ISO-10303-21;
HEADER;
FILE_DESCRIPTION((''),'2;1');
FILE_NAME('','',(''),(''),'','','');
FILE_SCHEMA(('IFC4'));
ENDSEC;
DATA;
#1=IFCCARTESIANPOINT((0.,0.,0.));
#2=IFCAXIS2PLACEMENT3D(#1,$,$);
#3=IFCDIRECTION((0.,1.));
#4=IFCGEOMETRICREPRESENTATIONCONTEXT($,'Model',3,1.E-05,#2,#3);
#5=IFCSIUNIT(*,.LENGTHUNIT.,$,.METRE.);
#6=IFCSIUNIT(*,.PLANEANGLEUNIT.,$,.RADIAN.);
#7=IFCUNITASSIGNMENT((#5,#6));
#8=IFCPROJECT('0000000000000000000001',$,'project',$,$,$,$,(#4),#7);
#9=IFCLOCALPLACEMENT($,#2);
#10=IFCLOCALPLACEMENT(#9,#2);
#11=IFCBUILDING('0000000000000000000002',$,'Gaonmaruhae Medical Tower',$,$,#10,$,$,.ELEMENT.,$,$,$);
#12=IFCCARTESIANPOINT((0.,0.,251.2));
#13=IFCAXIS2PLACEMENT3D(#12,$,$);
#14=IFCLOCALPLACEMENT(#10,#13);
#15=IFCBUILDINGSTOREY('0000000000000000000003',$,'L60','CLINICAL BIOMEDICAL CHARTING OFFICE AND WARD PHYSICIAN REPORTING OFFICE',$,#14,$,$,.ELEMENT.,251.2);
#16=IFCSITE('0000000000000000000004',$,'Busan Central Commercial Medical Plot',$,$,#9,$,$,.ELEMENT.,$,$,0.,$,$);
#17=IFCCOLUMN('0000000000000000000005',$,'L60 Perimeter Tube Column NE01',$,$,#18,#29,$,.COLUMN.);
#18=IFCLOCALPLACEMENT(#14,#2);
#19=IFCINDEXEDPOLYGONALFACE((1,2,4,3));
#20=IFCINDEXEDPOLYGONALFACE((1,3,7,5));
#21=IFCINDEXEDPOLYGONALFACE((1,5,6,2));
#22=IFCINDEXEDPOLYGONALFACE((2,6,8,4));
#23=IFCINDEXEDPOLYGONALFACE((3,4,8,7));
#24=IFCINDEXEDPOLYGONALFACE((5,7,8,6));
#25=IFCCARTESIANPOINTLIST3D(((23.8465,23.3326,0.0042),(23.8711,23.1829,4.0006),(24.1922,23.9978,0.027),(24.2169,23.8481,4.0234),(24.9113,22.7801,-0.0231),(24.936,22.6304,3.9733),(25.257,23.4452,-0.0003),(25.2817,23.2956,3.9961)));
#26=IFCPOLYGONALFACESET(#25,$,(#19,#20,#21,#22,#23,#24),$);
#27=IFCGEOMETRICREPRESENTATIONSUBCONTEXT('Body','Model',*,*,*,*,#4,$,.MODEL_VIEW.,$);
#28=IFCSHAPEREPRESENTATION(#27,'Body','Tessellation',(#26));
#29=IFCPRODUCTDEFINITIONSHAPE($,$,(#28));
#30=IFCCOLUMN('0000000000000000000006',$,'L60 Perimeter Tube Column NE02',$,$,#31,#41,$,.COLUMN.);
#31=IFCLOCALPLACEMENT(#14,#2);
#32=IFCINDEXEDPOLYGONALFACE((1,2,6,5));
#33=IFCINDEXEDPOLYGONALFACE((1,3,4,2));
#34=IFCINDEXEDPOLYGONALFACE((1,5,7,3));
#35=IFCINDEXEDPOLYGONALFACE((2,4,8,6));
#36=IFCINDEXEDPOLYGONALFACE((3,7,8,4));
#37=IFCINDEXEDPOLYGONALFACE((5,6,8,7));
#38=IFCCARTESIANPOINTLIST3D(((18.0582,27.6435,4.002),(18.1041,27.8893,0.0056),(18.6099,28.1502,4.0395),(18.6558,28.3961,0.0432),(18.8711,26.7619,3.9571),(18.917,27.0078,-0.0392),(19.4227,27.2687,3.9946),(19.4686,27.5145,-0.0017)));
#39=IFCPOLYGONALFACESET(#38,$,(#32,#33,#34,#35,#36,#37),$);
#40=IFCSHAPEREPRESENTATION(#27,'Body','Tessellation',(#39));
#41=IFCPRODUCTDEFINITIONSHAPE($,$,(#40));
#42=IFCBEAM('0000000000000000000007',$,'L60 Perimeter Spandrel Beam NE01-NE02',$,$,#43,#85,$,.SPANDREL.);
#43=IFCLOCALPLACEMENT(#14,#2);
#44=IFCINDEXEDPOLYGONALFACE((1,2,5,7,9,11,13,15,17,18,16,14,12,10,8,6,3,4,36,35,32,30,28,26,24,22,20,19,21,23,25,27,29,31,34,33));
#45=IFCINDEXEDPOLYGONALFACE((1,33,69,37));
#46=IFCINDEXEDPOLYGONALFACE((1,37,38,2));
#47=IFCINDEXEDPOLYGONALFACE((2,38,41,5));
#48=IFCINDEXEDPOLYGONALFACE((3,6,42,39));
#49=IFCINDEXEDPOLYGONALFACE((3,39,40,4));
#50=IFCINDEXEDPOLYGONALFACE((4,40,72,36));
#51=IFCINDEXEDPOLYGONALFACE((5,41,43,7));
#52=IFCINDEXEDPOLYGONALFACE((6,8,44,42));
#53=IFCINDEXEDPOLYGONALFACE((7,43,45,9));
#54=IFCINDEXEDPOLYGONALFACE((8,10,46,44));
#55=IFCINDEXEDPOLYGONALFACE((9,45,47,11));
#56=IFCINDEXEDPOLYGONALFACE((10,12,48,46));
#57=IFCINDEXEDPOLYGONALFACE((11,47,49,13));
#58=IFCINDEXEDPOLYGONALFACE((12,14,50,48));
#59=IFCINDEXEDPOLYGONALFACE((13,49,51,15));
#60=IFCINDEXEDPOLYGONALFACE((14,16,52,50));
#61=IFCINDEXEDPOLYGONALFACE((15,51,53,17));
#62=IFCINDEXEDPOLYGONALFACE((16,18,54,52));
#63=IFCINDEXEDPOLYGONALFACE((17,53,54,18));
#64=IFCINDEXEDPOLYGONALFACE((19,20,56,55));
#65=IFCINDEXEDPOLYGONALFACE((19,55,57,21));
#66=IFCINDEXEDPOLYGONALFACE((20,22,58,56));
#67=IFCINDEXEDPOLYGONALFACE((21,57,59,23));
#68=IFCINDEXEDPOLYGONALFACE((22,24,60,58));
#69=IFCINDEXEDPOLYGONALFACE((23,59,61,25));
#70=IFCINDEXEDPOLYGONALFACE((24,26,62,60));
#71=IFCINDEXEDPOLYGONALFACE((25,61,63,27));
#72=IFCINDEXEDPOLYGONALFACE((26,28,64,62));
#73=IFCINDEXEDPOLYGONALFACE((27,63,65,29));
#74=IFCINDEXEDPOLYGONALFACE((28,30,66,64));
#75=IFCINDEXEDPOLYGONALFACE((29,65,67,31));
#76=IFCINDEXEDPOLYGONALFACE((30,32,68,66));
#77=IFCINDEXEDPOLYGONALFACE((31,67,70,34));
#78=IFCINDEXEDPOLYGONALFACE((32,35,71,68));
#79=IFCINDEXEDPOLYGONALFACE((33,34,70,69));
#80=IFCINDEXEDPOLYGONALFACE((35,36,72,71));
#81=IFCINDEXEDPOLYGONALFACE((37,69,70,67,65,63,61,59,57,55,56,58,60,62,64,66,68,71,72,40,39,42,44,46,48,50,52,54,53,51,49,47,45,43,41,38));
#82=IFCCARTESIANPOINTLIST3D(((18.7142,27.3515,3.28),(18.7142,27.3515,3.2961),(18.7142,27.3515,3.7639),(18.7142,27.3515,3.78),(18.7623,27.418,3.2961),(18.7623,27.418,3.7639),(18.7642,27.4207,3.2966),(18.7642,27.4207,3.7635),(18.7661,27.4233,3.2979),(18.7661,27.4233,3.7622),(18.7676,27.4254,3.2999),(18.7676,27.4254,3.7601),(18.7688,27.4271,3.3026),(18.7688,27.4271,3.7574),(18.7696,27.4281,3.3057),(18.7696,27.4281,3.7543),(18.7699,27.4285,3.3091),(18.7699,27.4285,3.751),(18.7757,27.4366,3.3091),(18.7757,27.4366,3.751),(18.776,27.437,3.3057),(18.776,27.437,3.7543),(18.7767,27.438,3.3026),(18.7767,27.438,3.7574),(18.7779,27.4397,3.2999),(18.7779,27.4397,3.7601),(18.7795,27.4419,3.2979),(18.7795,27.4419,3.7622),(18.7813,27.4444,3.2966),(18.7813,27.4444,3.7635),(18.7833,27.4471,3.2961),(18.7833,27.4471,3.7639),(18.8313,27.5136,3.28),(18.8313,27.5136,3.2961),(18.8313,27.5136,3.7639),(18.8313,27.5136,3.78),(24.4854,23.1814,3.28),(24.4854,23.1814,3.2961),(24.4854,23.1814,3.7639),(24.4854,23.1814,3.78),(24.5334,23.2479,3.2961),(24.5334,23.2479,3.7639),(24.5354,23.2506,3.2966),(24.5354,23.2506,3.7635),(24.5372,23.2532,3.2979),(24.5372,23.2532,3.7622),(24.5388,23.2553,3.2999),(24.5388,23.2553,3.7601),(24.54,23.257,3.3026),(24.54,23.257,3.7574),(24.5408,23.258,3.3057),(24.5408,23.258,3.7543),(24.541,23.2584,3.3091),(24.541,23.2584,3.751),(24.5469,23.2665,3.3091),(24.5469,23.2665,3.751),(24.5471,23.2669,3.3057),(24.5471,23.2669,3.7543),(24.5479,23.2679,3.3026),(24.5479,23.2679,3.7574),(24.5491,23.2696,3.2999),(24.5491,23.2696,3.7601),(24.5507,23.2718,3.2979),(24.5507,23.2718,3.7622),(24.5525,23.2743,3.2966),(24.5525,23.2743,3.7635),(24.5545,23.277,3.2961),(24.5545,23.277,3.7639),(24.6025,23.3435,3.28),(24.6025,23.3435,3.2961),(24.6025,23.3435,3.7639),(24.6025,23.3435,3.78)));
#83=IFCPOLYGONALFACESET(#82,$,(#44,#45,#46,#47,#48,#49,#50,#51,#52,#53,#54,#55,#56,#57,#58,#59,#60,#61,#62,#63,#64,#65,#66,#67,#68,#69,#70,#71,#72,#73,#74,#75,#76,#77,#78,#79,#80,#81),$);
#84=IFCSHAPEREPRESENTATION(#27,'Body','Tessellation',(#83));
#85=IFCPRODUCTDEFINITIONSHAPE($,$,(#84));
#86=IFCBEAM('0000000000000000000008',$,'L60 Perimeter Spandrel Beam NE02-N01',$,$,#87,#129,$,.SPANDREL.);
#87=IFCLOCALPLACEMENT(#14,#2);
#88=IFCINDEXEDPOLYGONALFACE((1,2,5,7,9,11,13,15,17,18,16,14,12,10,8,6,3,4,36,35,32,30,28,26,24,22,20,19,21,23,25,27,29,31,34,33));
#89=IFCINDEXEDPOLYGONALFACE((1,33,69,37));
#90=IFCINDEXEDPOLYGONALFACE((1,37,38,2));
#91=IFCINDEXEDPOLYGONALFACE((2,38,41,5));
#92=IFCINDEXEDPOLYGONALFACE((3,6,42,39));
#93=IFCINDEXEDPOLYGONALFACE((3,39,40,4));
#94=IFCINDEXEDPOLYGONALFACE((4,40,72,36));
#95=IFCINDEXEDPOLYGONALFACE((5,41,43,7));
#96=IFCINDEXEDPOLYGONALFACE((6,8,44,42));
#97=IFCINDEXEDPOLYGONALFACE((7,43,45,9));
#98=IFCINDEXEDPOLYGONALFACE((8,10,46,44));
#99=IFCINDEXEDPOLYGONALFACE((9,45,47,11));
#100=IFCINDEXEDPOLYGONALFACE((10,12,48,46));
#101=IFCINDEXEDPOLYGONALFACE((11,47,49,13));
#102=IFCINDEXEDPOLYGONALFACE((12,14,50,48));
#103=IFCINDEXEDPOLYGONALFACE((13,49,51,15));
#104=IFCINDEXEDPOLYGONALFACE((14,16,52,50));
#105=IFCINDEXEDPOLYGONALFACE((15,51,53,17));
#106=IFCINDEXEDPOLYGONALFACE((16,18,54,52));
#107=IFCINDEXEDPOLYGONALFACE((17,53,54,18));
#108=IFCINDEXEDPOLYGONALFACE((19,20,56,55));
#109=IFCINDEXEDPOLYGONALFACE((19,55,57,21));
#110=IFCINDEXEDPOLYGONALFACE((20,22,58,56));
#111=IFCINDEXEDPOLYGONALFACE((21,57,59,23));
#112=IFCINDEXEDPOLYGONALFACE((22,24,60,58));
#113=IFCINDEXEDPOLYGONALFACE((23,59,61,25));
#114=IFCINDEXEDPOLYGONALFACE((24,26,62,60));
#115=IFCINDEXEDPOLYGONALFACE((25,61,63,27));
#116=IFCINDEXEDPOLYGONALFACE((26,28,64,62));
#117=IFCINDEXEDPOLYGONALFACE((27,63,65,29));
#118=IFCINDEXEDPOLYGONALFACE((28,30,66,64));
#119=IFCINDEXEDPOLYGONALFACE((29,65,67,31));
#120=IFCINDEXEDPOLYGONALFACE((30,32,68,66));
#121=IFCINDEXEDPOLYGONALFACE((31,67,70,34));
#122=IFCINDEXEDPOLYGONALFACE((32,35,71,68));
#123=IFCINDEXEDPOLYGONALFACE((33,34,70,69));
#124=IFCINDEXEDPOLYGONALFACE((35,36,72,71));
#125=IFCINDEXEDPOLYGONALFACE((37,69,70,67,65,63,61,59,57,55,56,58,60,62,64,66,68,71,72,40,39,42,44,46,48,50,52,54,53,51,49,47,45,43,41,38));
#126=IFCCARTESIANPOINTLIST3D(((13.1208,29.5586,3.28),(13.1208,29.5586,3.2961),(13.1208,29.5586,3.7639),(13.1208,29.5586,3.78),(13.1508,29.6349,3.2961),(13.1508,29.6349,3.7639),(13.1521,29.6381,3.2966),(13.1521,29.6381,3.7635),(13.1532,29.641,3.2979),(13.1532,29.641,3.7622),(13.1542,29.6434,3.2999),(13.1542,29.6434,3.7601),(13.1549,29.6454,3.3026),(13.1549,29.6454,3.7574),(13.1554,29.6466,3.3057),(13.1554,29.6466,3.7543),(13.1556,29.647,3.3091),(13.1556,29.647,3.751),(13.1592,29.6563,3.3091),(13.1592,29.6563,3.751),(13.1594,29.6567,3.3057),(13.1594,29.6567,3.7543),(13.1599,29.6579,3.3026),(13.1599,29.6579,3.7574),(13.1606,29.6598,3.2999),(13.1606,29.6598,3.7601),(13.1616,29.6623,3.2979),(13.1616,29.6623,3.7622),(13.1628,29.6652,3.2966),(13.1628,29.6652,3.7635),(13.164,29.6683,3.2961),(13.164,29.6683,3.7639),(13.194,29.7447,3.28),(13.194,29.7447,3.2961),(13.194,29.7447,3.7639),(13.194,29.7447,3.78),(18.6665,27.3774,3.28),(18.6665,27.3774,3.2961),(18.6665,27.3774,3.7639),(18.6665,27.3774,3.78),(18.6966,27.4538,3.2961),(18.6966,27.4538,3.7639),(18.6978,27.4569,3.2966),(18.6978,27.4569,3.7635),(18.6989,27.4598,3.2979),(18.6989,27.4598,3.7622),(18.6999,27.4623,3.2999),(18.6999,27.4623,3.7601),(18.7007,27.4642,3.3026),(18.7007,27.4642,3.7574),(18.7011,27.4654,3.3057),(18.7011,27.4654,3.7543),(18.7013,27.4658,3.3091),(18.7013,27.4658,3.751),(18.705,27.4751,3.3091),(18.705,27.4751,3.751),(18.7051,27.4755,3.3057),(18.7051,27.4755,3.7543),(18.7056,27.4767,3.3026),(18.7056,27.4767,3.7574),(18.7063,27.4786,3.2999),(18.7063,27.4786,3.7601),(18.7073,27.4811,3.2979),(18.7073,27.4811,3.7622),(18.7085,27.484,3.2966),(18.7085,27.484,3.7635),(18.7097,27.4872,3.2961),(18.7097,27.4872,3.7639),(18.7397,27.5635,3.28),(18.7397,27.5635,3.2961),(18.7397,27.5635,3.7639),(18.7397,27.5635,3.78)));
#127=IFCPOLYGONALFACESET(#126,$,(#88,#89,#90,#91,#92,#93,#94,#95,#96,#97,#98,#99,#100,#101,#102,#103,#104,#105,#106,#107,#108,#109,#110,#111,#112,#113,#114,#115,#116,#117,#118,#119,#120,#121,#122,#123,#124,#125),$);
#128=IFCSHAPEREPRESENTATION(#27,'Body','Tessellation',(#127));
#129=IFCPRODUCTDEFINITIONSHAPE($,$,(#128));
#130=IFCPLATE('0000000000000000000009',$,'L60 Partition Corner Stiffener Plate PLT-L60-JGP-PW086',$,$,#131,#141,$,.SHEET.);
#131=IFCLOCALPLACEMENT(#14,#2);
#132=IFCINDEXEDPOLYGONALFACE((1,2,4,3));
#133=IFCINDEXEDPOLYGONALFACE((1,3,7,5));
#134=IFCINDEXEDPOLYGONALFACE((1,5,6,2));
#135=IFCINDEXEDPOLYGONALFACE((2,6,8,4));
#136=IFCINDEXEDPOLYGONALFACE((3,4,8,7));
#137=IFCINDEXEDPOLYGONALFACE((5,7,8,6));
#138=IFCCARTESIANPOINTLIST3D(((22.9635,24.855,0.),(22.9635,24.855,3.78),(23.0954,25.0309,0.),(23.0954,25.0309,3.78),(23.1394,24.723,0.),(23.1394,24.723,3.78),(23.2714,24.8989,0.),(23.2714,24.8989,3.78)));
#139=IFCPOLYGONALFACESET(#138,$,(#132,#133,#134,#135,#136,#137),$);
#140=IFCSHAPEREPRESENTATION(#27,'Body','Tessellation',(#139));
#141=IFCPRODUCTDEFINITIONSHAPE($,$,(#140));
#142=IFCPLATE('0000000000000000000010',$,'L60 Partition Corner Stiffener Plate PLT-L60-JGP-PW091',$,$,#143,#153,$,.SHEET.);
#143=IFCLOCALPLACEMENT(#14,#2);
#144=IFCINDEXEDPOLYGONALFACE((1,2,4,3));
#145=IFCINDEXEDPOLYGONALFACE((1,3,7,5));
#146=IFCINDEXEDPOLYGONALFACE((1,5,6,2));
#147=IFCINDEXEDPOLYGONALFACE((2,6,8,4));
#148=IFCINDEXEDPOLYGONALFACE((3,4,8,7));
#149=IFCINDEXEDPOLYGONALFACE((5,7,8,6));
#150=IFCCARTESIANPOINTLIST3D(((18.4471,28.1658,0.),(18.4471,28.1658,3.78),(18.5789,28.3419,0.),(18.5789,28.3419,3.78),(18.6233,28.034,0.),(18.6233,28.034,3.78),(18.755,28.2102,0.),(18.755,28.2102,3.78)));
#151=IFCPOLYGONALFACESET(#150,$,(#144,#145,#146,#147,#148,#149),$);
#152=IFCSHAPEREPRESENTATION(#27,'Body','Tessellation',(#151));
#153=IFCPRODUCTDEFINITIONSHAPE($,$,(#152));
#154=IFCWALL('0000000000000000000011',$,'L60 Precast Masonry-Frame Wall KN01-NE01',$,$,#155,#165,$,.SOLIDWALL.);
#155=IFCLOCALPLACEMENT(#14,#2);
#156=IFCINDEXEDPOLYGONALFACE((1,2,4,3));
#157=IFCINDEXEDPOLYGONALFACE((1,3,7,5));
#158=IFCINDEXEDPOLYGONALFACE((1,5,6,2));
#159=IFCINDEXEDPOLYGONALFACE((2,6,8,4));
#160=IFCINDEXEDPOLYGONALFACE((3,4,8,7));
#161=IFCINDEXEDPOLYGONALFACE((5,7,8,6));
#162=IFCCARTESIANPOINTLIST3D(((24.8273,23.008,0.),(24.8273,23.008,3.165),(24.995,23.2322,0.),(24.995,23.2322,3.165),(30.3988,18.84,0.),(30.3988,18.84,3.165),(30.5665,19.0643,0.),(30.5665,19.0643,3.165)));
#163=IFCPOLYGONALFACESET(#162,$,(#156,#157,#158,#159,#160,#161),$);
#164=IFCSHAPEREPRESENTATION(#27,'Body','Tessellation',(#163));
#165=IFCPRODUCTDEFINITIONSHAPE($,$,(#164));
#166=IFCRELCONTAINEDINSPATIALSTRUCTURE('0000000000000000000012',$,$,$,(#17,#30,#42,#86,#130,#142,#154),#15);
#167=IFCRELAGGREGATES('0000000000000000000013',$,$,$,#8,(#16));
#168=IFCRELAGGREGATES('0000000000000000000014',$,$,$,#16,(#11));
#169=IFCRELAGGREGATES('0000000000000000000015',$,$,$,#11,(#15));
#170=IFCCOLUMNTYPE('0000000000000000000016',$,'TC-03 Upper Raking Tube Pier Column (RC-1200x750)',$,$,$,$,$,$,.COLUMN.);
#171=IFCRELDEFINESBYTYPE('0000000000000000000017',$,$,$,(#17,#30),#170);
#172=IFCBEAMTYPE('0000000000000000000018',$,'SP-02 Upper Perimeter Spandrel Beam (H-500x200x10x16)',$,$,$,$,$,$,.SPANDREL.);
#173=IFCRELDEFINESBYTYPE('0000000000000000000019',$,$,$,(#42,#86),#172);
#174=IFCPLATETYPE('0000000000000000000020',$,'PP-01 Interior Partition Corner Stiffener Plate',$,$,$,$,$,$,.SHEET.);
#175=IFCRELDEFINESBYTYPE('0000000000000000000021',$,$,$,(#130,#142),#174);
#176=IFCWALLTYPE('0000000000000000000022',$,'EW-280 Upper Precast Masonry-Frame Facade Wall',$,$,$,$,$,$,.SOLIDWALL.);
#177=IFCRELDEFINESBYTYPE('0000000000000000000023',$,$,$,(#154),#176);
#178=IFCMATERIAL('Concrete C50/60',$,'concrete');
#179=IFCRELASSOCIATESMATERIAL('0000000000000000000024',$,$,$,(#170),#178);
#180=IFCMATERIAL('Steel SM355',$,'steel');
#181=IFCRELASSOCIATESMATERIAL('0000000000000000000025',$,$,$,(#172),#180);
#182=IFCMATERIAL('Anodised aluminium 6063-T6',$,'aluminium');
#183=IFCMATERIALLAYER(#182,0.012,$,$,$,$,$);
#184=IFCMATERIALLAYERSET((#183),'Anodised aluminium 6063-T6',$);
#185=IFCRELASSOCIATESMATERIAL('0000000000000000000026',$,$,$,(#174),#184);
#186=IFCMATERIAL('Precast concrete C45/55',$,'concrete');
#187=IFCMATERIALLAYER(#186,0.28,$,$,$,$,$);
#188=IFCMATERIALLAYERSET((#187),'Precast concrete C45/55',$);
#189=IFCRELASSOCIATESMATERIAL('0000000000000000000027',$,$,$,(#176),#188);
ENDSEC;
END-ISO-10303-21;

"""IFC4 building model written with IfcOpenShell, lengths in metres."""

from ifc_helpers import new_model, si_unit, direction, frame, frame_2d, origin, origin_2d, place, context, subcontext, project, spatial, rectangle, i_section, extrude, material, layer, layer_set, material_profile, profile_set, type_object, element, save


model = new_model("IFC4")

# Units and contexts
model_context = context("Model", 3, precision=1e-05, world=origin(), true_north=direction((0.0, 1.0)))
body_context = subcontext(model_context, "Body", "Model", "MODEL_VIEW")
ifc_project = project(units=[si_unit("LENGTHUNIT", "METRE"), si_unit("PLANEANGLEUNIT", "RADIAN")], contexts=[model_context])

# Site, building, storey
site_placement = place(None, origin())
site = spatial("IfcSite", under=ifc_project, at=site_placement, Name="Busan Central Commercial Medical Plot", CompositionType="ELEMENT", RefElevation=0.0)
building_placement = place(site_placement, origin())
building = spatial("IfcBuilding", under=site, at=building_placement, Name="Gaonmaruhae Medical Tower", CompositionType="ELEMENT")
storey_placement = place(building_placement, frame((0.0, 0.0, 251.2)))
storey = spatial("IfcBuildingStorey", under=building, at=storey_placement, Name="L60", Description="CLINICAL BIOMEDICAL CHARTING OFFICE AND WARD PHYSICIAN REPORTING OFFICE", CompositionType="ELEMENT", Elevation=251.2)

# Columns
ifc_material_1 = material(Name="Concrete C50/60", Category="concrete")
ifc_material_profile_1 = material_profile(ifc_material_1, rectangle(XDim=1.2, YDim=0.75, at=origin_2d()), Name="RC-1200x750")
ifc_profile_set_1 = profile_set([ifc_material_profile_1], Name="Concrete C50/60")
column_type = type_object("IfcColumnType", Name="TC-03 Upper Raking Tube Pier Column (RC-1200x750)", PredefinedType="COLUMN", material=ifc_profile_set_1)
column_1_placement = place(storey_placement, frame((24.5518, 23.3889, 0.002), z_axis=(0.006166, -0.037422, 0.999281), x_axis=(-0.887393, 0.460453, 0.022719)))
element("IfcColumn", 1, at=column_1_placement, inside=storey, type_object=column_type, Name="L60 Perimeter Tube Column NE01", PredefinedType="COLUMN", context=body_context, shape_type="SweptSolid", body=[
    extrude(rectangle(XDim=1.2, YDim=0.75, at=origin_2d()), origin(), (0.0, 0.0, 1.0), 3.9993),
])
column_2_placement = place(storey_placement, frame((18.7864, 27.7019, 0.002), z_axis=(-0.011463, -0.061399, 0.998048), x_axis=(-0.677412, 0.734652, 0.037415)))
element("IfcColumn", 2, at=column_2_placement, inside=storey, type_object=column_type, Name="L60 Perimeter Tube Column NE02", PredefinedType="COLUMN", context=body_context, shape_type="SweptSolid", body=[
    extrude(rectangle(XDim=1.2, YDim=0.75, at=origin_2d()), origin(), (0.0, 0.0, 1.0), 4.0042),
])

# Beams
ifc_material_2 = material(Name="Steel SM355", Category="steel")
ifc_material_profile_2 = material_profile(ifc_material_2, i_section(OverallWidth=0.2, OverallDepth=0.5, WebThickness=0.01, FlangeThickness=0.0161, FilletRadius=0.0129, at=origin_2d()), Name="H-500x200x10x16")
ifc_profile_set_2 = profile_set([ifc_material_profile_2], Name="Steel SM355")
beam_type = type_object("IfcBeamType", Name="SP-02 Upper Perimeter Spandrel Beam (H-500x200x10x16)", PredefinedType="SPANDREL", material=ifc_profile_set_2)
beam_1_placement = place(storey_placement, frame((24.5439, 23.2625, 3.53), z_axis=(-0.810543, 0.58568, 0.0), x_axis=(-0.58568, -0.810543, 0.0)))
element("IfcBeam", 3, at=beam_1_placement, inside=storey, type_object=beam_type, Name="L60 Perimeter Spandrel Beam NE01-NE02", PredefinedType="SPANDREL", context=body_context, shape_type="SweptSolid", body=[
    extrude(i_section(OverallWidth=0.2, OverallDepth=0.5, WebThickness=0.01, FlangeThickness=0.0161, FilletRadius=0.0129, at=origin_2d()), origin(), (0.0, 0.0, 1.0), 7.1201),
])
beam_2_placement = place(storey_placement, frame((18.7031, 27.4705, 3.53), z_axis=(-0.930609, 0.366016, 0.0), x_axis=(-0.366016, -0.930609, 0.0)))
element("IfcBeam", 4, at=beam_2_placement, inside=storey, type_object=beam_type, Name="L60 Perimeter Spandrel Beam NE02-N01", PredefinedType="SPANDREL", context=body_context, shape_type="SweptSolid", body=[
    extrude(i_section(OverallWidth=0.2, OverallDepth=0.5, WebThickness=0.01, FlangeThickness=0.0161, FilletRadius=0.0129, at=origin_2d()), origin(), (0.0, 0.0, 1.0), 5.9592),
])

# Plates
ifc_material_3 = material(Name="Anodised aluminium 6063-T6", Category="aluminium")
ifc_layer_1 = layer(ifc_material_3, 0.012)
ifc_layer_set_1 = layer_set([ifc_layer_1], Name="Anodised aluminium 6063-T6")
plate_type = type_object("IfcPlateType", Name="PP-01 Interior Partition Corner Stiffener Plate", PredefinedType="SHEET", material=ifc_layer_set_1)
for number, where, z_axis, x_axis, name in (
    (5, (23.1174, 24.877, 0.0), (0.0, 0.0, 1.0), (0.600001, 0.799999, 0.0), "L60 Partition Corner Stiffener Plate PLT-L60-JGP-PW086"),
    (6, (18.6011, 28.188, 0.0), (0.0, 0.0, 1.0), (0.598828, 0.800878, 0.0), "L60 Partition Corner Stiffener Plate PLT-L60-JGP-PW091"),
):
    element("IfcPlate", number, at=place(storey_placement, frame(where, z_axis=z_axis, x_axis=x_axis)), inside=storey, type_object=plate_type, Name=name, PredefinedType="SHEET", context=body_context, shape_type="SweptSolid", body=[
        extrude(rectangle(XDim=0.22, YDim=0.22, at=origin_2d()), origin(), (0.0, 0.0, 1.0), 3.78),
    ])

# Wall
ifc_material_4 = material(Name="Precast concrete C45/55", Category="concrete")
ifc_layer_2 = layer(ifc_material_4, 0.28)
ifc_layer_set_2 = layer_set([ifc_layer_2], Name="Precast concrete C45/55")
wall_type_1 = type_object("IfcWallType", Name="EW-280 Upper Precast Masonry-Frame Facade Wall", PredefinedType="SOLIDWALL", material=ifc_layer_set_2)
wall_1_placement = place(storey_placement, frame((24.9111, 23.1201, 0.0), z_axis=(0.0, 0.0, 1.0), x_axis=(0.800736, -0.599017, 0.0)))
element("IfcWall", 7, at=wall_1_placement, inside=storey, type_object=wall_type_1, Name="L60 Precast Masonry-Frame Wall KN01-NE01", PredefinedType="SOLIDWALL", context=body_context, shape_type="SweptSolid", body=[
    extrude(rectangle(XDim=6.958, YDim=0.28, at=frame_2d((3.479, 0.0))), origin(), (0.0, 0.0, 1.0), 3.165),
])

save(model, "model.ifc")
